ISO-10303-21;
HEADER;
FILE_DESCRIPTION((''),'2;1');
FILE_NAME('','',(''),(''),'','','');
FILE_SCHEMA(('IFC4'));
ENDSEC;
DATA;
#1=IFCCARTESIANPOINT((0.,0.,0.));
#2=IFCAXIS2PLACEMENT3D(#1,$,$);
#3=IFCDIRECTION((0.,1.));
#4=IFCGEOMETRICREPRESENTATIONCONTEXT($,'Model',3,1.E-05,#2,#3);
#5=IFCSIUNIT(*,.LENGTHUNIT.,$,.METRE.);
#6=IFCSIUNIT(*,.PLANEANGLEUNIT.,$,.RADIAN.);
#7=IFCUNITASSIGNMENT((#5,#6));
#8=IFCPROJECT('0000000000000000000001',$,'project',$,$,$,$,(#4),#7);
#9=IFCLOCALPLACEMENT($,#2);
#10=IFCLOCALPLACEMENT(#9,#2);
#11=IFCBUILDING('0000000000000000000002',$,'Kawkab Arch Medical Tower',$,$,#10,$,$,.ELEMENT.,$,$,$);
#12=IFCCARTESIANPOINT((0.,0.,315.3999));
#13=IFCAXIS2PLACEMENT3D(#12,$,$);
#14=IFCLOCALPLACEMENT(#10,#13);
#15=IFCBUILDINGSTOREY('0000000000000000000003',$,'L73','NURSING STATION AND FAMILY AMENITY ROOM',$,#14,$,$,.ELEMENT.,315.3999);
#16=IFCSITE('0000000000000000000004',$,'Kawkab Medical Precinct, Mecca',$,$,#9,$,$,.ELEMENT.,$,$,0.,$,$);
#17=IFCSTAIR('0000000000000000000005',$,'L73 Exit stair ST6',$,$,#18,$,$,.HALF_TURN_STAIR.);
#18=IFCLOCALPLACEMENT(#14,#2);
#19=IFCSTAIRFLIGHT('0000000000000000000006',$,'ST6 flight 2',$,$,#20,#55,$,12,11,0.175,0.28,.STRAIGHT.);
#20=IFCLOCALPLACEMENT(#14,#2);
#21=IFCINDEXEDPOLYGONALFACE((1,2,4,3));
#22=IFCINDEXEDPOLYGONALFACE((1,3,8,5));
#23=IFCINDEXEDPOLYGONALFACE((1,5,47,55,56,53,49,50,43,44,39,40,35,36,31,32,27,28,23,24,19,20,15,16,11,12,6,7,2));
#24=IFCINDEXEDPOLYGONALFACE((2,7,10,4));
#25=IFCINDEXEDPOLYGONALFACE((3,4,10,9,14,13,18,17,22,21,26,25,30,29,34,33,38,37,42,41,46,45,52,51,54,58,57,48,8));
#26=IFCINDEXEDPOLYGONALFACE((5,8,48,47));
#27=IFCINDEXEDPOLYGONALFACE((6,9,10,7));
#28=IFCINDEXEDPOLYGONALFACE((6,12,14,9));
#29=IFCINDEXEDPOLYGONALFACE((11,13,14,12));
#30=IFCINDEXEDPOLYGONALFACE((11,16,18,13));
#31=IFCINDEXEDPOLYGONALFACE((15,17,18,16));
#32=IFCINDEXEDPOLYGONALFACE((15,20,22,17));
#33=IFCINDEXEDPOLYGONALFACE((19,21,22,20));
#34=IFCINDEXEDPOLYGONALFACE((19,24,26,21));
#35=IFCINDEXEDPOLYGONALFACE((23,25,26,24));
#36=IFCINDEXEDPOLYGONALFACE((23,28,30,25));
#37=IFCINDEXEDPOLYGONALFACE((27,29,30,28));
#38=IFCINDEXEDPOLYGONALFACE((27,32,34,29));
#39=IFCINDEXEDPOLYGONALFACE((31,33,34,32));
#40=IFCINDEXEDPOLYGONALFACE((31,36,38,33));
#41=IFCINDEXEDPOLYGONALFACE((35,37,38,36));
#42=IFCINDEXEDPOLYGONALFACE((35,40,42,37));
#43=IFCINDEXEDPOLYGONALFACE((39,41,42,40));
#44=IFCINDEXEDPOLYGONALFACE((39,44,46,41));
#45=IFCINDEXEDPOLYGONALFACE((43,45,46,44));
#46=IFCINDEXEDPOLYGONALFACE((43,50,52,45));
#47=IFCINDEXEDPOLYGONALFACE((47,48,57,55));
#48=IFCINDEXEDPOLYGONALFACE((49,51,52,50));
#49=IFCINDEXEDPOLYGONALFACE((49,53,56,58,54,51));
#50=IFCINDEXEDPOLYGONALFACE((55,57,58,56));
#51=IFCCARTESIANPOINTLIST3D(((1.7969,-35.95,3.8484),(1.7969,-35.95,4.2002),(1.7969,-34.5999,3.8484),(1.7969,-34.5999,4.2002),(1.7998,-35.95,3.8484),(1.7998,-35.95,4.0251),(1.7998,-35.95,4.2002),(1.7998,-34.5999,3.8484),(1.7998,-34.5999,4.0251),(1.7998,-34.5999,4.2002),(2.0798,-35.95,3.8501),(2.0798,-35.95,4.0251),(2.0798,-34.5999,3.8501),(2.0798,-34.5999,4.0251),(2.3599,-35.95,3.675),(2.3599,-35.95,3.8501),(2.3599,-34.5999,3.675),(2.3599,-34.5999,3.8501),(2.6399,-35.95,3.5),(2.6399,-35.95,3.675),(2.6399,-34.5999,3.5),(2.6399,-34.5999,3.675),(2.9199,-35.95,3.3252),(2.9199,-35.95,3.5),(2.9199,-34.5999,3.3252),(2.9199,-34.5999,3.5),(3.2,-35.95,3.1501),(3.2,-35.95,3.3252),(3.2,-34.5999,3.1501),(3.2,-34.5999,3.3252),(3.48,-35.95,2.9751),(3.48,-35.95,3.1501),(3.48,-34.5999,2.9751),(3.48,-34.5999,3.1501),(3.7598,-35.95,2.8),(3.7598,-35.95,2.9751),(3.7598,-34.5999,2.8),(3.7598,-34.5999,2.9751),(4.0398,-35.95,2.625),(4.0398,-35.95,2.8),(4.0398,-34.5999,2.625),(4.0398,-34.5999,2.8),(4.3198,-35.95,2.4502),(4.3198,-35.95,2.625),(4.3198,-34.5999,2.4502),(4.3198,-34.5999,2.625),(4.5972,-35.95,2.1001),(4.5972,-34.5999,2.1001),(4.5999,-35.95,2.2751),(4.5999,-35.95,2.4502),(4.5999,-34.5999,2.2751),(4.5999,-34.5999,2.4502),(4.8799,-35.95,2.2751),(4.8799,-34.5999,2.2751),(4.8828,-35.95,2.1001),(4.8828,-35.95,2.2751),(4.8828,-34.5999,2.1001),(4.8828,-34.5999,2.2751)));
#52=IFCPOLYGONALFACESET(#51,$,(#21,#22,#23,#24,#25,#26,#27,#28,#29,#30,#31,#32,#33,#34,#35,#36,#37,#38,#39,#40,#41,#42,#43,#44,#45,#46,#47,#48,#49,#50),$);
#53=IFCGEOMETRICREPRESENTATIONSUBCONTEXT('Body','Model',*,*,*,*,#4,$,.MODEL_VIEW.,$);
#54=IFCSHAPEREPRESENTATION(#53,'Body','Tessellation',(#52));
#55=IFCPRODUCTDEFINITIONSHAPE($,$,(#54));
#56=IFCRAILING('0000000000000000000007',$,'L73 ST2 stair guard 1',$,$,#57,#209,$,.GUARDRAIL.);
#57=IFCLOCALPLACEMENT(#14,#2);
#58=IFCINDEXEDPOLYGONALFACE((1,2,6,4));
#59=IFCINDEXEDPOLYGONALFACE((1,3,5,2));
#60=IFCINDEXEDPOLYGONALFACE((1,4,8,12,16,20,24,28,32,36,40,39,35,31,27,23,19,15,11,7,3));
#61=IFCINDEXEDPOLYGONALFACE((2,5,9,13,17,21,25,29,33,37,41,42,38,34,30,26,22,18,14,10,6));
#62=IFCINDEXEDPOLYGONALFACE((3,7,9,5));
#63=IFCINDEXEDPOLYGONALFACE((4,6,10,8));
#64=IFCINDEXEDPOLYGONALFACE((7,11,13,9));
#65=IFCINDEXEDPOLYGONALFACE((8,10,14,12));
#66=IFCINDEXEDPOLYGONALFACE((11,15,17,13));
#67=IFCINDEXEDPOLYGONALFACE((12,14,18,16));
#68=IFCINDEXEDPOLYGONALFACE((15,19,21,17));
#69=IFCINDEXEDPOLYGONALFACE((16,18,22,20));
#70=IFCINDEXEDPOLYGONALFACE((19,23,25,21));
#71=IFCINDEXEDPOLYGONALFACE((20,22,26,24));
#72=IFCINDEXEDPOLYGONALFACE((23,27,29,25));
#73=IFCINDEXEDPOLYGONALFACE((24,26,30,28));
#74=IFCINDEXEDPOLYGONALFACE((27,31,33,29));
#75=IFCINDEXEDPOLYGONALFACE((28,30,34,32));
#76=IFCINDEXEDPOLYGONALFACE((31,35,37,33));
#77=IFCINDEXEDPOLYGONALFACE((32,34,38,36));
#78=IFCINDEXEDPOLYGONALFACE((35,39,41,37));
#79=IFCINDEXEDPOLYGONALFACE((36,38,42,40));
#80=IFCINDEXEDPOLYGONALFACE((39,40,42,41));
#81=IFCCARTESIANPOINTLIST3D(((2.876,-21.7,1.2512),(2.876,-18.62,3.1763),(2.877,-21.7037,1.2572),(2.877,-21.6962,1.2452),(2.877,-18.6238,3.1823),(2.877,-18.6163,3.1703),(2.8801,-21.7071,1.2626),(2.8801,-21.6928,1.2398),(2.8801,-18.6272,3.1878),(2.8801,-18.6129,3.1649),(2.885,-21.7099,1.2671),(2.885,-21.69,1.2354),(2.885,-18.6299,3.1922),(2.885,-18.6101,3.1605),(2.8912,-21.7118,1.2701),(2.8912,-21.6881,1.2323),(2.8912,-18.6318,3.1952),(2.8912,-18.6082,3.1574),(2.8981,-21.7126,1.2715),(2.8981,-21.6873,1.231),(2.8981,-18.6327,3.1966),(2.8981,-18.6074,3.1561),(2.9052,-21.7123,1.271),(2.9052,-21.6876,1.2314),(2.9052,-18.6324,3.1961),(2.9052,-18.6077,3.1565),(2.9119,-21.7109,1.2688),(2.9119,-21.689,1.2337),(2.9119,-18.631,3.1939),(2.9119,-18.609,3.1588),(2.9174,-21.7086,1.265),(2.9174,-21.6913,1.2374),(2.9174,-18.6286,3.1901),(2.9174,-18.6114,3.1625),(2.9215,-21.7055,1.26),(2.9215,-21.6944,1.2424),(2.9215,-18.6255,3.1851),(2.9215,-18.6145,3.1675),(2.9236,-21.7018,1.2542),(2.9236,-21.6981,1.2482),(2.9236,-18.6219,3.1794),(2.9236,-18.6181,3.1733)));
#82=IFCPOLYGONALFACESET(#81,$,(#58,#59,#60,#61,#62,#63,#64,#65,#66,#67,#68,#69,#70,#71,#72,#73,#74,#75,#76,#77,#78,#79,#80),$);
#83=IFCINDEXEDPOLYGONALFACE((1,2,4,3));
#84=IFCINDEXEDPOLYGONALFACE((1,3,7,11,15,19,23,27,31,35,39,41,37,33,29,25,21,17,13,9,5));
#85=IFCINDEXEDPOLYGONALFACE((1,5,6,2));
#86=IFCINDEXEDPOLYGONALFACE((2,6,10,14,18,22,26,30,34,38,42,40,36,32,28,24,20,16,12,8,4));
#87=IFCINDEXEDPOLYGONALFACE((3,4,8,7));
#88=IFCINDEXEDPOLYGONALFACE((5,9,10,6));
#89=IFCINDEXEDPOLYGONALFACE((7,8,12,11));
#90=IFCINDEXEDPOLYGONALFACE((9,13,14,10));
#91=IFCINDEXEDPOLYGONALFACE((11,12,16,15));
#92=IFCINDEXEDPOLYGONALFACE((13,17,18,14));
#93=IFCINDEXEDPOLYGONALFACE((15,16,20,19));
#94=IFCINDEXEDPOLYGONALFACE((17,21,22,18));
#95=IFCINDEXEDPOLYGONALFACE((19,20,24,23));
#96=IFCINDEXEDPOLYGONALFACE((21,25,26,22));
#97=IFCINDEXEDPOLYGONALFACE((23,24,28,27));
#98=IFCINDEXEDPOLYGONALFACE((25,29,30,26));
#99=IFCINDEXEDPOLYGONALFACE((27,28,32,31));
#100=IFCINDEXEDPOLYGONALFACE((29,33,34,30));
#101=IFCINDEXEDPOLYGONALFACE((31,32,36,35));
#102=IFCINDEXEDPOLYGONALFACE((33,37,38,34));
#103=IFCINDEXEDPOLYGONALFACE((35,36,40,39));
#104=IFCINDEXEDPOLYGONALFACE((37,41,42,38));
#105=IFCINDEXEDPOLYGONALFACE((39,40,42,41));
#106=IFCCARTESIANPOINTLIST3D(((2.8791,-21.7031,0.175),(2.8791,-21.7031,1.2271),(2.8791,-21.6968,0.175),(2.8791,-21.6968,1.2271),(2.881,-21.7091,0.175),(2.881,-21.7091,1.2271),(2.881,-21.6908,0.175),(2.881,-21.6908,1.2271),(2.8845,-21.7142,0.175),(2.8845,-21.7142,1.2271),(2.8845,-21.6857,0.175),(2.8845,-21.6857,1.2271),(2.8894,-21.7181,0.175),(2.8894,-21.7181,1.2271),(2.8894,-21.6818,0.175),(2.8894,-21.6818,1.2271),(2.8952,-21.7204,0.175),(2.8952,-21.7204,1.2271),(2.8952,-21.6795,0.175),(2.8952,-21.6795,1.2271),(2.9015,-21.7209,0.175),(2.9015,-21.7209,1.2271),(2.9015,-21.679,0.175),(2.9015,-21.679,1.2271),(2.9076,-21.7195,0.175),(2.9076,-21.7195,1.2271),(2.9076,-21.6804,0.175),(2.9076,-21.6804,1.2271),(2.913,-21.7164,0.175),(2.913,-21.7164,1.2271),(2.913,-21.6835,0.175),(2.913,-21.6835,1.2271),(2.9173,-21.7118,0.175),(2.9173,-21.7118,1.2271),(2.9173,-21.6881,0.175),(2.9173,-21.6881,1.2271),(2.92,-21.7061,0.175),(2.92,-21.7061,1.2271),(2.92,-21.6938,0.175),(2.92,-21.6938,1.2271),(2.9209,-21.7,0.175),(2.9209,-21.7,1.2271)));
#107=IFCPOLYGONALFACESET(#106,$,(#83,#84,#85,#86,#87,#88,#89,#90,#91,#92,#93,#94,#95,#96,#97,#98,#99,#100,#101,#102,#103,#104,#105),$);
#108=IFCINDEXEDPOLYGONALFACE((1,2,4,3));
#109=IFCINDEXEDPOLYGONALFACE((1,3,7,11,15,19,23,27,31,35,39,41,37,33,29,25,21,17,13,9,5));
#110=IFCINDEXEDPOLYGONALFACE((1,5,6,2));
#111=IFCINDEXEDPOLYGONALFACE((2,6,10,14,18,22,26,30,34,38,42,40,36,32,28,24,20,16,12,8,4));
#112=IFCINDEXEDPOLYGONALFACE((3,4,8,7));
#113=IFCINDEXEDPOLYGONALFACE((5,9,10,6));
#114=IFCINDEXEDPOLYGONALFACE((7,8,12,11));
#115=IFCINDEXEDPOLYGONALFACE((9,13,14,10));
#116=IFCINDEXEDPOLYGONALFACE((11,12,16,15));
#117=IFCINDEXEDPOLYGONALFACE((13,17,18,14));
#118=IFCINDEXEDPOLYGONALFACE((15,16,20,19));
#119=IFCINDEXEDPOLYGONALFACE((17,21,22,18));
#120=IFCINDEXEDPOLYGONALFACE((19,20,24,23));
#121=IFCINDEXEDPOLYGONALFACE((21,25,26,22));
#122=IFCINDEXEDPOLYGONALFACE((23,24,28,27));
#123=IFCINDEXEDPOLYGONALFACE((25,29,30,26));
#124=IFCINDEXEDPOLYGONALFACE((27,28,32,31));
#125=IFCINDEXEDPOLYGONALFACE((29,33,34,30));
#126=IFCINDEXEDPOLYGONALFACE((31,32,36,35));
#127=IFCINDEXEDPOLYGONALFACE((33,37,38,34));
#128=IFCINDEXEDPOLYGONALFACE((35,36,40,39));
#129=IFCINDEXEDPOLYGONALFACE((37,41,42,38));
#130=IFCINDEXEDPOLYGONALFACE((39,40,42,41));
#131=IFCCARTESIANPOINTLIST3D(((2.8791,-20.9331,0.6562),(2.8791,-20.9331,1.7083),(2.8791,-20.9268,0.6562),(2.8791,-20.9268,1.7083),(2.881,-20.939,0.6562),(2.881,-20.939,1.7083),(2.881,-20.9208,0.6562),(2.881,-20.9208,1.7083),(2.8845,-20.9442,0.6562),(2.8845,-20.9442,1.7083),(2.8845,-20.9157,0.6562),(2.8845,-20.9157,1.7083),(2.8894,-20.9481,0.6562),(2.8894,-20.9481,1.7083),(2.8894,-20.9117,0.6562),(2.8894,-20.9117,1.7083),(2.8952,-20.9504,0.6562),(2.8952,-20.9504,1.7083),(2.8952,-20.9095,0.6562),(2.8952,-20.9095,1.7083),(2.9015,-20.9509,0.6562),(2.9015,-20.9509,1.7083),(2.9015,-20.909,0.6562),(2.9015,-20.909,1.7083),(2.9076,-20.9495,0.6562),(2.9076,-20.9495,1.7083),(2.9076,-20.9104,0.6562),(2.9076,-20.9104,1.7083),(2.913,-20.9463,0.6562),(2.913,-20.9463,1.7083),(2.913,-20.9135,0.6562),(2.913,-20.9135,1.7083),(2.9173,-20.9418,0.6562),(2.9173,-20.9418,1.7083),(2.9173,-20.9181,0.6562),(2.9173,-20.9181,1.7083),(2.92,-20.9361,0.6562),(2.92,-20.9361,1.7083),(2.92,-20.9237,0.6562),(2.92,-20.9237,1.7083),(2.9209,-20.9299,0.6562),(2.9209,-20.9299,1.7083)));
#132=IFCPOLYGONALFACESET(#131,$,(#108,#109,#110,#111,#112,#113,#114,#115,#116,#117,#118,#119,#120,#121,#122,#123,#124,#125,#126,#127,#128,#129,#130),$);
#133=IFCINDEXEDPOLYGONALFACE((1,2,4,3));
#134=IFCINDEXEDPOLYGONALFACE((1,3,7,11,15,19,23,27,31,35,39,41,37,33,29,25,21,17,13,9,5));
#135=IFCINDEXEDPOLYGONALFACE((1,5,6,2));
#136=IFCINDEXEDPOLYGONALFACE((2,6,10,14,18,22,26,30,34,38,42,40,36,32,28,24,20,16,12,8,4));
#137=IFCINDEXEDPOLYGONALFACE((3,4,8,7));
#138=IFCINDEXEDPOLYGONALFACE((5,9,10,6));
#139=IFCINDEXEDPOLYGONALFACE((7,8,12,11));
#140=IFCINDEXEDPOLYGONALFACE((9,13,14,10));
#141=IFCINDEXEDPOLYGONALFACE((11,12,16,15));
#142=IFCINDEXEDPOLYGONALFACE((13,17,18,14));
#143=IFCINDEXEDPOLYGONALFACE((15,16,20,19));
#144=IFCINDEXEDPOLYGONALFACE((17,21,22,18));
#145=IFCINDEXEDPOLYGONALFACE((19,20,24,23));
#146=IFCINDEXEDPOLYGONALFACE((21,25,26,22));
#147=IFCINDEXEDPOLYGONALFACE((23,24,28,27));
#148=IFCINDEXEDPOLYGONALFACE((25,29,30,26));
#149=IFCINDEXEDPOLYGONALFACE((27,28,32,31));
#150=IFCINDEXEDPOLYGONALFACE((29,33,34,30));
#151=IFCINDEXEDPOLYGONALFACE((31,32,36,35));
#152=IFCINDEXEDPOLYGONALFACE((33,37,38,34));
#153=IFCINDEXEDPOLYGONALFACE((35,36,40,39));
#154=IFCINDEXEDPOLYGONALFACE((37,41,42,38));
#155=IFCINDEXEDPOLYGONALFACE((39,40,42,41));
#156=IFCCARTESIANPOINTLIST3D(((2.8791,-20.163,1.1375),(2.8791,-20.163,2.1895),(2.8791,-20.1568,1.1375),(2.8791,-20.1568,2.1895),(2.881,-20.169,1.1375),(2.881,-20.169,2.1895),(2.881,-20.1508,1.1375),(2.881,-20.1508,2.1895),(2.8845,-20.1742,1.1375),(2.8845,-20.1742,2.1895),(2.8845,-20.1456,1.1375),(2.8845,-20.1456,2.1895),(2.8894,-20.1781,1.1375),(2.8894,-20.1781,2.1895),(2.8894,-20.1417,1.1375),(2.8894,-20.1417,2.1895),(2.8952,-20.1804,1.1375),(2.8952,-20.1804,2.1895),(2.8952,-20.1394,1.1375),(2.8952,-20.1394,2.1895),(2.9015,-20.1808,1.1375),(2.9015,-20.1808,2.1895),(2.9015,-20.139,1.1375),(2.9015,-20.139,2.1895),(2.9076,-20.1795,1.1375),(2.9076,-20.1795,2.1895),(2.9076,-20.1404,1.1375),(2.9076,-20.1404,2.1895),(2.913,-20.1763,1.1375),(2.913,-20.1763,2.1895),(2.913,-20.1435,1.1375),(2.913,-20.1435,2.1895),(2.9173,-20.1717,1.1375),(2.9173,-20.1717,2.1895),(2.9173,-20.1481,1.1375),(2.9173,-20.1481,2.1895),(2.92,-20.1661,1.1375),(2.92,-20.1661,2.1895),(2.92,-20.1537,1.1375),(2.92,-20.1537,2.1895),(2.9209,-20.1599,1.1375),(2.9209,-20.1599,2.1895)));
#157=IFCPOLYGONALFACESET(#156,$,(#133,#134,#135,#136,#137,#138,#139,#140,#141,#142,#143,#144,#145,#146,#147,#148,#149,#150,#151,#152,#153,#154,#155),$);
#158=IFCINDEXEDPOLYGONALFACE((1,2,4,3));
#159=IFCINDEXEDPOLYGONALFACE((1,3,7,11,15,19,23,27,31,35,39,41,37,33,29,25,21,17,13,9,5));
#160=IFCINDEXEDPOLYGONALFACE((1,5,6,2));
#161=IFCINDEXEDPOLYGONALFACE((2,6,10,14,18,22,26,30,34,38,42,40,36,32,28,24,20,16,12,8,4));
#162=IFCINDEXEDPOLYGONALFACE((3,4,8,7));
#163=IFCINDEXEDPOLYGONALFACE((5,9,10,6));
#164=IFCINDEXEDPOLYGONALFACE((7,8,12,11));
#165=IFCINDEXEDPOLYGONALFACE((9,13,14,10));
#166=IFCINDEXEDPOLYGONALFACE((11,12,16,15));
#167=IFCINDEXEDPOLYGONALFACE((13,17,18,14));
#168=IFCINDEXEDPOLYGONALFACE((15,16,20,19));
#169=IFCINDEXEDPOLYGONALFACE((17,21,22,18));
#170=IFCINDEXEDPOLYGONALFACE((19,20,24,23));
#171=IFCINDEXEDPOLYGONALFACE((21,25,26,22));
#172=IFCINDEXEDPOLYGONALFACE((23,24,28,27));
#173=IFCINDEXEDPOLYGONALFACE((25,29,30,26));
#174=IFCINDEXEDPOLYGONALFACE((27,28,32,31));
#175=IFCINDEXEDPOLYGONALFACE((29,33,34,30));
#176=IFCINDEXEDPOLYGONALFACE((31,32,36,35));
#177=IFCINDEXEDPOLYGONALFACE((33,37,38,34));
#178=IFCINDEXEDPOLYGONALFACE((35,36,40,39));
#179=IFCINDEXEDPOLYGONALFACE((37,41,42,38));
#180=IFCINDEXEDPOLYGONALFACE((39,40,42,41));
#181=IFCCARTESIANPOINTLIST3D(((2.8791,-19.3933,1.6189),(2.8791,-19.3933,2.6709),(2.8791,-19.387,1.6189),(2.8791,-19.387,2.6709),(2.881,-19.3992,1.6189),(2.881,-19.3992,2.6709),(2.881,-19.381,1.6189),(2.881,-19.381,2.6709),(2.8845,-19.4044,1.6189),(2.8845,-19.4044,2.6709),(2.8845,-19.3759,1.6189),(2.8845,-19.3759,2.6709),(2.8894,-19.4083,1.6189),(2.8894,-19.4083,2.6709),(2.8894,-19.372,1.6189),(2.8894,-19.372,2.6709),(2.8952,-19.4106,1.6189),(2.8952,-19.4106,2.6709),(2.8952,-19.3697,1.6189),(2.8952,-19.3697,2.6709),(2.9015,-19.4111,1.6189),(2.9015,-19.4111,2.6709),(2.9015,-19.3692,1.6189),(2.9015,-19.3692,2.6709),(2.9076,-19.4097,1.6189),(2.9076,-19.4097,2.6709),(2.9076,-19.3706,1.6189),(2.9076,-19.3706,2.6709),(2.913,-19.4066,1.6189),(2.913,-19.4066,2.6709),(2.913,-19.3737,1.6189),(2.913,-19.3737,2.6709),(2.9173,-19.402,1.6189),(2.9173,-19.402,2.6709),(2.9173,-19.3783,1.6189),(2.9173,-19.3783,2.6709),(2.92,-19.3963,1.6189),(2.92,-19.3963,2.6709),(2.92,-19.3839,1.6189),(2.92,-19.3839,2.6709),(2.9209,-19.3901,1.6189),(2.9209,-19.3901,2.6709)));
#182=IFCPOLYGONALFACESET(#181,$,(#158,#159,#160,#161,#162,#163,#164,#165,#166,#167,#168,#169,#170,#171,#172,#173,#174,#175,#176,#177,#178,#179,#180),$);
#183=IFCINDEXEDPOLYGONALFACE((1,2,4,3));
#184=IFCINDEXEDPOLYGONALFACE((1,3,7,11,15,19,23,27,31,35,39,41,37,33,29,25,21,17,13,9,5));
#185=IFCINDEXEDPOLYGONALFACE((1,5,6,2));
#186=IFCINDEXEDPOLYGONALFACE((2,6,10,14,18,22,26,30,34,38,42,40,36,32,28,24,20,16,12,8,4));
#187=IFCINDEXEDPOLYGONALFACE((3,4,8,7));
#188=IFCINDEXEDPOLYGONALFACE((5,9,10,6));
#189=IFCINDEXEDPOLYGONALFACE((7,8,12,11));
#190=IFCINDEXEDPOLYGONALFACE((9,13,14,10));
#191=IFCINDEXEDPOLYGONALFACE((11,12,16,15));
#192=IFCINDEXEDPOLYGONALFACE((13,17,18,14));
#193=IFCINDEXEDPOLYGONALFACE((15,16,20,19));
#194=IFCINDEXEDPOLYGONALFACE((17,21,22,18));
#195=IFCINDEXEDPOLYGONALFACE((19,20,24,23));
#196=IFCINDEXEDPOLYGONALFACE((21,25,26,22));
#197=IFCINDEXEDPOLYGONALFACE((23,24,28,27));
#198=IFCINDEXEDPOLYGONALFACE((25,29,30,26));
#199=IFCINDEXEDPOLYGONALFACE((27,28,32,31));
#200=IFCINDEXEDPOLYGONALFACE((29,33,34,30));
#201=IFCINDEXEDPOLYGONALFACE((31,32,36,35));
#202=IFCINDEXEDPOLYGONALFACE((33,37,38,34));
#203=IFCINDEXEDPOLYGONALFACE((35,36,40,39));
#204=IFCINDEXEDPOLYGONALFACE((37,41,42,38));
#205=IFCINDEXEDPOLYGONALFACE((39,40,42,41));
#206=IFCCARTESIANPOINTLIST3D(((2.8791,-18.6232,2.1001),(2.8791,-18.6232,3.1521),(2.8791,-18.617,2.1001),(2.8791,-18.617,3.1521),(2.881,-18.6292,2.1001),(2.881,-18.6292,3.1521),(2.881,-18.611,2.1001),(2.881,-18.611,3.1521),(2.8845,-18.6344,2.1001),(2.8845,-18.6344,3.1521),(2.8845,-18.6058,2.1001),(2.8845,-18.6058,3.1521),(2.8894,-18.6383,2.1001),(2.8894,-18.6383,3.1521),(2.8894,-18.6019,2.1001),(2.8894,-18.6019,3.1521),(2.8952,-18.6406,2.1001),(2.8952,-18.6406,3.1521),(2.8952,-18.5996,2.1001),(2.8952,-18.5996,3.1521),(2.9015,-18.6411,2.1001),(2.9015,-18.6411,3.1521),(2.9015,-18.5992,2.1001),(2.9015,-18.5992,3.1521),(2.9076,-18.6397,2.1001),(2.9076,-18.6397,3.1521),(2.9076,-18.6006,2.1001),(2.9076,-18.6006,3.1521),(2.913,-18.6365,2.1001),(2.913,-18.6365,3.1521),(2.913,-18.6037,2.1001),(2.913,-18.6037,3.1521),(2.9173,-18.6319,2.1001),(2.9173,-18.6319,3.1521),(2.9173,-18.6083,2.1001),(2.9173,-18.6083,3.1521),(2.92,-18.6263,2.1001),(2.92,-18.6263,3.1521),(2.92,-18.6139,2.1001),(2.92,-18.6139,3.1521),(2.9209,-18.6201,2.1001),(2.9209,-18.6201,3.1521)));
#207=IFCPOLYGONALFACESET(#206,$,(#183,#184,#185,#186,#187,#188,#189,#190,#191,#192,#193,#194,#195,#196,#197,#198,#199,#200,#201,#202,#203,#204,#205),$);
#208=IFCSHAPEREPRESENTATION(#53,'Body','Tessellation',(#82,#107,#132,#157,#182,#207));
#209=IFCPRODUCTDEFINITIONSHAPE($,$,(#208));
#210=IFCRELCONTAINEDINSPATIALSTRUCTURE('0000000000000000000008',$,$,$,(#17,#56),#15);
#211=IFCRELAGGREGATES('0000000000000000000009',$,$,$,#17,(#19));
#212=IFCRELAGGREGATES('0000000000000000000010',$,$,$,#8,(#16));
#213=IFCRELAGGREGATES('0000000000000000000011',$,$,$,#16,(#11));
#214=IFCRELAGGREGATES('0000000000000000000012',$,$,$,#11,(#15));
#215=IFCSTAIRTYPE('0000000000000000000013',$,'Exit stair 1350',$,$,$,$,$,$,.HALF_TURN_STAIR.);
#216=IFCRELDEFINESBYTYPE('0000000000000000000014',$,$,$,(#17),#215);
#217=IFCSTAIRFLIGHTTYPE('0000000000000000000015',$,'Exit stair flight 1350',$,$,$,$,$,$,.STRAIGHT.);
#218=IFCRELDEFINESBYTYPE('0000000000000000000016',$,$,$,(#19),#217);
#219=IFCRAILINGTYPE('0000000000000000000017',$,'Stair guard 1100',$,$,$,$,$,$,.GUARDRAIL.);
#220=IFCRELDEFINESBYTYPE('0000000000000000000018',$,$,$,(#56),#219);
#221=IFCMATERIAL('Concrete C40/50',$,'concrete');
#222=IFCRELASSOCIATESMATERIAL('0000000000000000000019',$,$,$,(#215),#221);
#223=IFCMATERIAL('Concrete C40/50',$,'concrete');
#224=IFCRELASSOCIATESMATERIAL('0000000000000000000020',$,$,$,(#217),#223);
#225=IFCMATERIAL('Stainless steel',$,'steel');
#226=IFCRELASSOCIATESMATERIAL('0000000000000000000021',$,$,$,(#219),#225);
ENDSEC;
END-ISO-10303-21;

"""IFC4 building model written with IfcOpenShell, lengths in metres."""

from ifc_helpers import new_model, si_unit, direction, frame, origin, origin_2d, place, context, subcontext, project, spatial, polyline, circle, outline, extrude, material, type_object, element, aggregate, save


model = new_model("IFC4")

# Units and contexts
model_context = context("Model", 3, precision=1e-05, world=origin(), true_north=direction((0.0, 1.0)))
body_context = subcontext(model_context, "Body", "Model", "MODEL_VIEW")
ifc_project = project(units=[si_unit("LENGTHUNIT", "METRE"), si_unit("PLANEANGLEUNIT", "RADIAN")], contexts=[model_context])

# Site, building, storey
site_placement = place(None, origin())
site = spatial("IfcSite", under=ifc_project, at=site_placement, Name="Kawkab Medical Precinct, Mecca", CompositionType="ELEMENT", RefElevation=0.0)
building_placement = place(site_placement, origin())
building = spatial("IfcBuilding", under=site, at=building_placement, Name="Kawkab Arch Medical Tower", CompositionType="ELEMENT")
storey_placement = place(building_placement, frame((0.0, 0.0, 315.3999)))
storey = spatial("IfcBuildingStorey", under=building, at=storey_placement, Name="L73", Description="NURSING STATION AND FAMILY AMENITY ROOM", CompositionType="ELEMENT", Elevation=315.3999)

# Shared definitions
ifc_material_1 = material(Name="Concrete C40/50", Category="concrete")
stair_type = type_object("IfcStairType", Name="Exit stair 1350", PredefinedType="HALF_TURN_STAIR", material=ifc_material_1)
placement = place(storey_placement, origin())
ifc_material_2 = material(Name="Concrete C40/50", Category="concrete")
stair_flight_type = type_object("IfcStairFlightType", Name="Exit stair flight 1350", PredefinedType="STRAIGHT", material=ifc_material_2)

# Stair, stair flight
stair_1 = element("IfcStair", 1, at=placement, inside=storey, type_object=stair_type, Name="L73 Exit stair ST6", PredefinedType="HALF_TURN_STAIR")
stair_flight_1_placement = place(storey_placement, frame((4.8799, -35.2749, 2.1001), z_axis=(0.0, 0.0, 1.0), x_axis=(-1.0, 0.0, 0.0)))
stair_flight_1 = element("IfcStairFlight", 2, at=stair_flight_1_placement, type_object=stair_flight_type, Name="ST6 flight 2", NumberOfRisers=12, NumberOfTreads=11, PredefinedType="STRAIGHT", RiserHeight=0.175, TreadLength=0.28, context=body_context, shape_type="SweptSolid", body=[
    extrude(outline(polyline([(-0.0029, 0.0), (-0.0029, 0.175), (0.0, 0.175), (0.28, 0.175), (0.28, 0.3501), (0.5601, 0.3501), (0.5601, 0.5249), (0.8401, 0.5249), (0.8401, 0.7), (1.1201, 0.7), (1.1201, 0.875), (1.3999, 0.875), (1.3999, 1.05), (1.6799, 1.05), (1.6799, 1.2251), (1.96, 1.2251), (1.96, 1.3999), (2.24, 1.3999), (2.24, 1.575), (2.52, 1.575), (2.52, 1.75), (2.8, 1.75), (2.8, 1.925), (3.0801, 1.925), (3.0801, 2.1001), (3.083, 2.1001), (3.083, 1.7483), (3.0801, 1.7483), (0.2827, 0.0), (-0.0029, 0.0)])), frame((0.0, 0.675, 0.0), z_axis=(0.0, -1.0, 0.0), x_axis=(1.0, 0.0, 0.0)), (0.0, 0.0, 1.0), 1.3501),
])
aggregate(stair_1, [stair_flight_1])

# Railing
ifc_material_3 = material(Name="Stainless steel", Category="steel")
railing_type = type_object("IfcRailingType", Name="Stair guard 1100", PredefinedType="GUARDRAIL", material=ifc_material_3)
railing_1_placement = place(storey_placement, frame((2.8999, -21.7, 0.175)))
element("IfcRailing", 3, at=railing_1_placement, inside=storey, type_object=railing_type, Name="L73 ST2 stair guard 1", PredefinedType="GUARDRAIL", context=body_context, shape_type="SweptSolid", body=[
    extrude(circle(Radius=0.0239, at=origin_2d()), frame((0.0, 0.0, 1.0762), z_axis=(0.0, 0.847979, 0.530029), x_axis=(-1.0, 0.0, 0.0)), (0.0, 0.0, 1.0), 3.6321),
    extrude(circle(Radius=0.021, at=origin_2d()), origin(), (0.0, 0.0, 1.0), 1.052),
    extrude(circle(Radius=0.021, at=origin_2d()), frame((0.0, 0.77, 0.4812)), (0.0, 0.0, 1.0), 1.052),
    extrude(circle(Radius=0.021, at=origin_2d()), frame((0.0, 1.54, 0.9624)), (0.0, 0.0, 1.0), 1.052),
    extrude(circle(Radius=0.021, at=origin_2d()), frame((0.0, 2.3098, 1.4438)), (0.0, 0.0, 1.0), 1.052),
    extrude(circle(Radius=0.021, at=origin_2d()), frame((0.0, 3.0798, 1.925)), (0.0, 0.0, 1.0), 1.052),
])

save(model, "model.ifc")
